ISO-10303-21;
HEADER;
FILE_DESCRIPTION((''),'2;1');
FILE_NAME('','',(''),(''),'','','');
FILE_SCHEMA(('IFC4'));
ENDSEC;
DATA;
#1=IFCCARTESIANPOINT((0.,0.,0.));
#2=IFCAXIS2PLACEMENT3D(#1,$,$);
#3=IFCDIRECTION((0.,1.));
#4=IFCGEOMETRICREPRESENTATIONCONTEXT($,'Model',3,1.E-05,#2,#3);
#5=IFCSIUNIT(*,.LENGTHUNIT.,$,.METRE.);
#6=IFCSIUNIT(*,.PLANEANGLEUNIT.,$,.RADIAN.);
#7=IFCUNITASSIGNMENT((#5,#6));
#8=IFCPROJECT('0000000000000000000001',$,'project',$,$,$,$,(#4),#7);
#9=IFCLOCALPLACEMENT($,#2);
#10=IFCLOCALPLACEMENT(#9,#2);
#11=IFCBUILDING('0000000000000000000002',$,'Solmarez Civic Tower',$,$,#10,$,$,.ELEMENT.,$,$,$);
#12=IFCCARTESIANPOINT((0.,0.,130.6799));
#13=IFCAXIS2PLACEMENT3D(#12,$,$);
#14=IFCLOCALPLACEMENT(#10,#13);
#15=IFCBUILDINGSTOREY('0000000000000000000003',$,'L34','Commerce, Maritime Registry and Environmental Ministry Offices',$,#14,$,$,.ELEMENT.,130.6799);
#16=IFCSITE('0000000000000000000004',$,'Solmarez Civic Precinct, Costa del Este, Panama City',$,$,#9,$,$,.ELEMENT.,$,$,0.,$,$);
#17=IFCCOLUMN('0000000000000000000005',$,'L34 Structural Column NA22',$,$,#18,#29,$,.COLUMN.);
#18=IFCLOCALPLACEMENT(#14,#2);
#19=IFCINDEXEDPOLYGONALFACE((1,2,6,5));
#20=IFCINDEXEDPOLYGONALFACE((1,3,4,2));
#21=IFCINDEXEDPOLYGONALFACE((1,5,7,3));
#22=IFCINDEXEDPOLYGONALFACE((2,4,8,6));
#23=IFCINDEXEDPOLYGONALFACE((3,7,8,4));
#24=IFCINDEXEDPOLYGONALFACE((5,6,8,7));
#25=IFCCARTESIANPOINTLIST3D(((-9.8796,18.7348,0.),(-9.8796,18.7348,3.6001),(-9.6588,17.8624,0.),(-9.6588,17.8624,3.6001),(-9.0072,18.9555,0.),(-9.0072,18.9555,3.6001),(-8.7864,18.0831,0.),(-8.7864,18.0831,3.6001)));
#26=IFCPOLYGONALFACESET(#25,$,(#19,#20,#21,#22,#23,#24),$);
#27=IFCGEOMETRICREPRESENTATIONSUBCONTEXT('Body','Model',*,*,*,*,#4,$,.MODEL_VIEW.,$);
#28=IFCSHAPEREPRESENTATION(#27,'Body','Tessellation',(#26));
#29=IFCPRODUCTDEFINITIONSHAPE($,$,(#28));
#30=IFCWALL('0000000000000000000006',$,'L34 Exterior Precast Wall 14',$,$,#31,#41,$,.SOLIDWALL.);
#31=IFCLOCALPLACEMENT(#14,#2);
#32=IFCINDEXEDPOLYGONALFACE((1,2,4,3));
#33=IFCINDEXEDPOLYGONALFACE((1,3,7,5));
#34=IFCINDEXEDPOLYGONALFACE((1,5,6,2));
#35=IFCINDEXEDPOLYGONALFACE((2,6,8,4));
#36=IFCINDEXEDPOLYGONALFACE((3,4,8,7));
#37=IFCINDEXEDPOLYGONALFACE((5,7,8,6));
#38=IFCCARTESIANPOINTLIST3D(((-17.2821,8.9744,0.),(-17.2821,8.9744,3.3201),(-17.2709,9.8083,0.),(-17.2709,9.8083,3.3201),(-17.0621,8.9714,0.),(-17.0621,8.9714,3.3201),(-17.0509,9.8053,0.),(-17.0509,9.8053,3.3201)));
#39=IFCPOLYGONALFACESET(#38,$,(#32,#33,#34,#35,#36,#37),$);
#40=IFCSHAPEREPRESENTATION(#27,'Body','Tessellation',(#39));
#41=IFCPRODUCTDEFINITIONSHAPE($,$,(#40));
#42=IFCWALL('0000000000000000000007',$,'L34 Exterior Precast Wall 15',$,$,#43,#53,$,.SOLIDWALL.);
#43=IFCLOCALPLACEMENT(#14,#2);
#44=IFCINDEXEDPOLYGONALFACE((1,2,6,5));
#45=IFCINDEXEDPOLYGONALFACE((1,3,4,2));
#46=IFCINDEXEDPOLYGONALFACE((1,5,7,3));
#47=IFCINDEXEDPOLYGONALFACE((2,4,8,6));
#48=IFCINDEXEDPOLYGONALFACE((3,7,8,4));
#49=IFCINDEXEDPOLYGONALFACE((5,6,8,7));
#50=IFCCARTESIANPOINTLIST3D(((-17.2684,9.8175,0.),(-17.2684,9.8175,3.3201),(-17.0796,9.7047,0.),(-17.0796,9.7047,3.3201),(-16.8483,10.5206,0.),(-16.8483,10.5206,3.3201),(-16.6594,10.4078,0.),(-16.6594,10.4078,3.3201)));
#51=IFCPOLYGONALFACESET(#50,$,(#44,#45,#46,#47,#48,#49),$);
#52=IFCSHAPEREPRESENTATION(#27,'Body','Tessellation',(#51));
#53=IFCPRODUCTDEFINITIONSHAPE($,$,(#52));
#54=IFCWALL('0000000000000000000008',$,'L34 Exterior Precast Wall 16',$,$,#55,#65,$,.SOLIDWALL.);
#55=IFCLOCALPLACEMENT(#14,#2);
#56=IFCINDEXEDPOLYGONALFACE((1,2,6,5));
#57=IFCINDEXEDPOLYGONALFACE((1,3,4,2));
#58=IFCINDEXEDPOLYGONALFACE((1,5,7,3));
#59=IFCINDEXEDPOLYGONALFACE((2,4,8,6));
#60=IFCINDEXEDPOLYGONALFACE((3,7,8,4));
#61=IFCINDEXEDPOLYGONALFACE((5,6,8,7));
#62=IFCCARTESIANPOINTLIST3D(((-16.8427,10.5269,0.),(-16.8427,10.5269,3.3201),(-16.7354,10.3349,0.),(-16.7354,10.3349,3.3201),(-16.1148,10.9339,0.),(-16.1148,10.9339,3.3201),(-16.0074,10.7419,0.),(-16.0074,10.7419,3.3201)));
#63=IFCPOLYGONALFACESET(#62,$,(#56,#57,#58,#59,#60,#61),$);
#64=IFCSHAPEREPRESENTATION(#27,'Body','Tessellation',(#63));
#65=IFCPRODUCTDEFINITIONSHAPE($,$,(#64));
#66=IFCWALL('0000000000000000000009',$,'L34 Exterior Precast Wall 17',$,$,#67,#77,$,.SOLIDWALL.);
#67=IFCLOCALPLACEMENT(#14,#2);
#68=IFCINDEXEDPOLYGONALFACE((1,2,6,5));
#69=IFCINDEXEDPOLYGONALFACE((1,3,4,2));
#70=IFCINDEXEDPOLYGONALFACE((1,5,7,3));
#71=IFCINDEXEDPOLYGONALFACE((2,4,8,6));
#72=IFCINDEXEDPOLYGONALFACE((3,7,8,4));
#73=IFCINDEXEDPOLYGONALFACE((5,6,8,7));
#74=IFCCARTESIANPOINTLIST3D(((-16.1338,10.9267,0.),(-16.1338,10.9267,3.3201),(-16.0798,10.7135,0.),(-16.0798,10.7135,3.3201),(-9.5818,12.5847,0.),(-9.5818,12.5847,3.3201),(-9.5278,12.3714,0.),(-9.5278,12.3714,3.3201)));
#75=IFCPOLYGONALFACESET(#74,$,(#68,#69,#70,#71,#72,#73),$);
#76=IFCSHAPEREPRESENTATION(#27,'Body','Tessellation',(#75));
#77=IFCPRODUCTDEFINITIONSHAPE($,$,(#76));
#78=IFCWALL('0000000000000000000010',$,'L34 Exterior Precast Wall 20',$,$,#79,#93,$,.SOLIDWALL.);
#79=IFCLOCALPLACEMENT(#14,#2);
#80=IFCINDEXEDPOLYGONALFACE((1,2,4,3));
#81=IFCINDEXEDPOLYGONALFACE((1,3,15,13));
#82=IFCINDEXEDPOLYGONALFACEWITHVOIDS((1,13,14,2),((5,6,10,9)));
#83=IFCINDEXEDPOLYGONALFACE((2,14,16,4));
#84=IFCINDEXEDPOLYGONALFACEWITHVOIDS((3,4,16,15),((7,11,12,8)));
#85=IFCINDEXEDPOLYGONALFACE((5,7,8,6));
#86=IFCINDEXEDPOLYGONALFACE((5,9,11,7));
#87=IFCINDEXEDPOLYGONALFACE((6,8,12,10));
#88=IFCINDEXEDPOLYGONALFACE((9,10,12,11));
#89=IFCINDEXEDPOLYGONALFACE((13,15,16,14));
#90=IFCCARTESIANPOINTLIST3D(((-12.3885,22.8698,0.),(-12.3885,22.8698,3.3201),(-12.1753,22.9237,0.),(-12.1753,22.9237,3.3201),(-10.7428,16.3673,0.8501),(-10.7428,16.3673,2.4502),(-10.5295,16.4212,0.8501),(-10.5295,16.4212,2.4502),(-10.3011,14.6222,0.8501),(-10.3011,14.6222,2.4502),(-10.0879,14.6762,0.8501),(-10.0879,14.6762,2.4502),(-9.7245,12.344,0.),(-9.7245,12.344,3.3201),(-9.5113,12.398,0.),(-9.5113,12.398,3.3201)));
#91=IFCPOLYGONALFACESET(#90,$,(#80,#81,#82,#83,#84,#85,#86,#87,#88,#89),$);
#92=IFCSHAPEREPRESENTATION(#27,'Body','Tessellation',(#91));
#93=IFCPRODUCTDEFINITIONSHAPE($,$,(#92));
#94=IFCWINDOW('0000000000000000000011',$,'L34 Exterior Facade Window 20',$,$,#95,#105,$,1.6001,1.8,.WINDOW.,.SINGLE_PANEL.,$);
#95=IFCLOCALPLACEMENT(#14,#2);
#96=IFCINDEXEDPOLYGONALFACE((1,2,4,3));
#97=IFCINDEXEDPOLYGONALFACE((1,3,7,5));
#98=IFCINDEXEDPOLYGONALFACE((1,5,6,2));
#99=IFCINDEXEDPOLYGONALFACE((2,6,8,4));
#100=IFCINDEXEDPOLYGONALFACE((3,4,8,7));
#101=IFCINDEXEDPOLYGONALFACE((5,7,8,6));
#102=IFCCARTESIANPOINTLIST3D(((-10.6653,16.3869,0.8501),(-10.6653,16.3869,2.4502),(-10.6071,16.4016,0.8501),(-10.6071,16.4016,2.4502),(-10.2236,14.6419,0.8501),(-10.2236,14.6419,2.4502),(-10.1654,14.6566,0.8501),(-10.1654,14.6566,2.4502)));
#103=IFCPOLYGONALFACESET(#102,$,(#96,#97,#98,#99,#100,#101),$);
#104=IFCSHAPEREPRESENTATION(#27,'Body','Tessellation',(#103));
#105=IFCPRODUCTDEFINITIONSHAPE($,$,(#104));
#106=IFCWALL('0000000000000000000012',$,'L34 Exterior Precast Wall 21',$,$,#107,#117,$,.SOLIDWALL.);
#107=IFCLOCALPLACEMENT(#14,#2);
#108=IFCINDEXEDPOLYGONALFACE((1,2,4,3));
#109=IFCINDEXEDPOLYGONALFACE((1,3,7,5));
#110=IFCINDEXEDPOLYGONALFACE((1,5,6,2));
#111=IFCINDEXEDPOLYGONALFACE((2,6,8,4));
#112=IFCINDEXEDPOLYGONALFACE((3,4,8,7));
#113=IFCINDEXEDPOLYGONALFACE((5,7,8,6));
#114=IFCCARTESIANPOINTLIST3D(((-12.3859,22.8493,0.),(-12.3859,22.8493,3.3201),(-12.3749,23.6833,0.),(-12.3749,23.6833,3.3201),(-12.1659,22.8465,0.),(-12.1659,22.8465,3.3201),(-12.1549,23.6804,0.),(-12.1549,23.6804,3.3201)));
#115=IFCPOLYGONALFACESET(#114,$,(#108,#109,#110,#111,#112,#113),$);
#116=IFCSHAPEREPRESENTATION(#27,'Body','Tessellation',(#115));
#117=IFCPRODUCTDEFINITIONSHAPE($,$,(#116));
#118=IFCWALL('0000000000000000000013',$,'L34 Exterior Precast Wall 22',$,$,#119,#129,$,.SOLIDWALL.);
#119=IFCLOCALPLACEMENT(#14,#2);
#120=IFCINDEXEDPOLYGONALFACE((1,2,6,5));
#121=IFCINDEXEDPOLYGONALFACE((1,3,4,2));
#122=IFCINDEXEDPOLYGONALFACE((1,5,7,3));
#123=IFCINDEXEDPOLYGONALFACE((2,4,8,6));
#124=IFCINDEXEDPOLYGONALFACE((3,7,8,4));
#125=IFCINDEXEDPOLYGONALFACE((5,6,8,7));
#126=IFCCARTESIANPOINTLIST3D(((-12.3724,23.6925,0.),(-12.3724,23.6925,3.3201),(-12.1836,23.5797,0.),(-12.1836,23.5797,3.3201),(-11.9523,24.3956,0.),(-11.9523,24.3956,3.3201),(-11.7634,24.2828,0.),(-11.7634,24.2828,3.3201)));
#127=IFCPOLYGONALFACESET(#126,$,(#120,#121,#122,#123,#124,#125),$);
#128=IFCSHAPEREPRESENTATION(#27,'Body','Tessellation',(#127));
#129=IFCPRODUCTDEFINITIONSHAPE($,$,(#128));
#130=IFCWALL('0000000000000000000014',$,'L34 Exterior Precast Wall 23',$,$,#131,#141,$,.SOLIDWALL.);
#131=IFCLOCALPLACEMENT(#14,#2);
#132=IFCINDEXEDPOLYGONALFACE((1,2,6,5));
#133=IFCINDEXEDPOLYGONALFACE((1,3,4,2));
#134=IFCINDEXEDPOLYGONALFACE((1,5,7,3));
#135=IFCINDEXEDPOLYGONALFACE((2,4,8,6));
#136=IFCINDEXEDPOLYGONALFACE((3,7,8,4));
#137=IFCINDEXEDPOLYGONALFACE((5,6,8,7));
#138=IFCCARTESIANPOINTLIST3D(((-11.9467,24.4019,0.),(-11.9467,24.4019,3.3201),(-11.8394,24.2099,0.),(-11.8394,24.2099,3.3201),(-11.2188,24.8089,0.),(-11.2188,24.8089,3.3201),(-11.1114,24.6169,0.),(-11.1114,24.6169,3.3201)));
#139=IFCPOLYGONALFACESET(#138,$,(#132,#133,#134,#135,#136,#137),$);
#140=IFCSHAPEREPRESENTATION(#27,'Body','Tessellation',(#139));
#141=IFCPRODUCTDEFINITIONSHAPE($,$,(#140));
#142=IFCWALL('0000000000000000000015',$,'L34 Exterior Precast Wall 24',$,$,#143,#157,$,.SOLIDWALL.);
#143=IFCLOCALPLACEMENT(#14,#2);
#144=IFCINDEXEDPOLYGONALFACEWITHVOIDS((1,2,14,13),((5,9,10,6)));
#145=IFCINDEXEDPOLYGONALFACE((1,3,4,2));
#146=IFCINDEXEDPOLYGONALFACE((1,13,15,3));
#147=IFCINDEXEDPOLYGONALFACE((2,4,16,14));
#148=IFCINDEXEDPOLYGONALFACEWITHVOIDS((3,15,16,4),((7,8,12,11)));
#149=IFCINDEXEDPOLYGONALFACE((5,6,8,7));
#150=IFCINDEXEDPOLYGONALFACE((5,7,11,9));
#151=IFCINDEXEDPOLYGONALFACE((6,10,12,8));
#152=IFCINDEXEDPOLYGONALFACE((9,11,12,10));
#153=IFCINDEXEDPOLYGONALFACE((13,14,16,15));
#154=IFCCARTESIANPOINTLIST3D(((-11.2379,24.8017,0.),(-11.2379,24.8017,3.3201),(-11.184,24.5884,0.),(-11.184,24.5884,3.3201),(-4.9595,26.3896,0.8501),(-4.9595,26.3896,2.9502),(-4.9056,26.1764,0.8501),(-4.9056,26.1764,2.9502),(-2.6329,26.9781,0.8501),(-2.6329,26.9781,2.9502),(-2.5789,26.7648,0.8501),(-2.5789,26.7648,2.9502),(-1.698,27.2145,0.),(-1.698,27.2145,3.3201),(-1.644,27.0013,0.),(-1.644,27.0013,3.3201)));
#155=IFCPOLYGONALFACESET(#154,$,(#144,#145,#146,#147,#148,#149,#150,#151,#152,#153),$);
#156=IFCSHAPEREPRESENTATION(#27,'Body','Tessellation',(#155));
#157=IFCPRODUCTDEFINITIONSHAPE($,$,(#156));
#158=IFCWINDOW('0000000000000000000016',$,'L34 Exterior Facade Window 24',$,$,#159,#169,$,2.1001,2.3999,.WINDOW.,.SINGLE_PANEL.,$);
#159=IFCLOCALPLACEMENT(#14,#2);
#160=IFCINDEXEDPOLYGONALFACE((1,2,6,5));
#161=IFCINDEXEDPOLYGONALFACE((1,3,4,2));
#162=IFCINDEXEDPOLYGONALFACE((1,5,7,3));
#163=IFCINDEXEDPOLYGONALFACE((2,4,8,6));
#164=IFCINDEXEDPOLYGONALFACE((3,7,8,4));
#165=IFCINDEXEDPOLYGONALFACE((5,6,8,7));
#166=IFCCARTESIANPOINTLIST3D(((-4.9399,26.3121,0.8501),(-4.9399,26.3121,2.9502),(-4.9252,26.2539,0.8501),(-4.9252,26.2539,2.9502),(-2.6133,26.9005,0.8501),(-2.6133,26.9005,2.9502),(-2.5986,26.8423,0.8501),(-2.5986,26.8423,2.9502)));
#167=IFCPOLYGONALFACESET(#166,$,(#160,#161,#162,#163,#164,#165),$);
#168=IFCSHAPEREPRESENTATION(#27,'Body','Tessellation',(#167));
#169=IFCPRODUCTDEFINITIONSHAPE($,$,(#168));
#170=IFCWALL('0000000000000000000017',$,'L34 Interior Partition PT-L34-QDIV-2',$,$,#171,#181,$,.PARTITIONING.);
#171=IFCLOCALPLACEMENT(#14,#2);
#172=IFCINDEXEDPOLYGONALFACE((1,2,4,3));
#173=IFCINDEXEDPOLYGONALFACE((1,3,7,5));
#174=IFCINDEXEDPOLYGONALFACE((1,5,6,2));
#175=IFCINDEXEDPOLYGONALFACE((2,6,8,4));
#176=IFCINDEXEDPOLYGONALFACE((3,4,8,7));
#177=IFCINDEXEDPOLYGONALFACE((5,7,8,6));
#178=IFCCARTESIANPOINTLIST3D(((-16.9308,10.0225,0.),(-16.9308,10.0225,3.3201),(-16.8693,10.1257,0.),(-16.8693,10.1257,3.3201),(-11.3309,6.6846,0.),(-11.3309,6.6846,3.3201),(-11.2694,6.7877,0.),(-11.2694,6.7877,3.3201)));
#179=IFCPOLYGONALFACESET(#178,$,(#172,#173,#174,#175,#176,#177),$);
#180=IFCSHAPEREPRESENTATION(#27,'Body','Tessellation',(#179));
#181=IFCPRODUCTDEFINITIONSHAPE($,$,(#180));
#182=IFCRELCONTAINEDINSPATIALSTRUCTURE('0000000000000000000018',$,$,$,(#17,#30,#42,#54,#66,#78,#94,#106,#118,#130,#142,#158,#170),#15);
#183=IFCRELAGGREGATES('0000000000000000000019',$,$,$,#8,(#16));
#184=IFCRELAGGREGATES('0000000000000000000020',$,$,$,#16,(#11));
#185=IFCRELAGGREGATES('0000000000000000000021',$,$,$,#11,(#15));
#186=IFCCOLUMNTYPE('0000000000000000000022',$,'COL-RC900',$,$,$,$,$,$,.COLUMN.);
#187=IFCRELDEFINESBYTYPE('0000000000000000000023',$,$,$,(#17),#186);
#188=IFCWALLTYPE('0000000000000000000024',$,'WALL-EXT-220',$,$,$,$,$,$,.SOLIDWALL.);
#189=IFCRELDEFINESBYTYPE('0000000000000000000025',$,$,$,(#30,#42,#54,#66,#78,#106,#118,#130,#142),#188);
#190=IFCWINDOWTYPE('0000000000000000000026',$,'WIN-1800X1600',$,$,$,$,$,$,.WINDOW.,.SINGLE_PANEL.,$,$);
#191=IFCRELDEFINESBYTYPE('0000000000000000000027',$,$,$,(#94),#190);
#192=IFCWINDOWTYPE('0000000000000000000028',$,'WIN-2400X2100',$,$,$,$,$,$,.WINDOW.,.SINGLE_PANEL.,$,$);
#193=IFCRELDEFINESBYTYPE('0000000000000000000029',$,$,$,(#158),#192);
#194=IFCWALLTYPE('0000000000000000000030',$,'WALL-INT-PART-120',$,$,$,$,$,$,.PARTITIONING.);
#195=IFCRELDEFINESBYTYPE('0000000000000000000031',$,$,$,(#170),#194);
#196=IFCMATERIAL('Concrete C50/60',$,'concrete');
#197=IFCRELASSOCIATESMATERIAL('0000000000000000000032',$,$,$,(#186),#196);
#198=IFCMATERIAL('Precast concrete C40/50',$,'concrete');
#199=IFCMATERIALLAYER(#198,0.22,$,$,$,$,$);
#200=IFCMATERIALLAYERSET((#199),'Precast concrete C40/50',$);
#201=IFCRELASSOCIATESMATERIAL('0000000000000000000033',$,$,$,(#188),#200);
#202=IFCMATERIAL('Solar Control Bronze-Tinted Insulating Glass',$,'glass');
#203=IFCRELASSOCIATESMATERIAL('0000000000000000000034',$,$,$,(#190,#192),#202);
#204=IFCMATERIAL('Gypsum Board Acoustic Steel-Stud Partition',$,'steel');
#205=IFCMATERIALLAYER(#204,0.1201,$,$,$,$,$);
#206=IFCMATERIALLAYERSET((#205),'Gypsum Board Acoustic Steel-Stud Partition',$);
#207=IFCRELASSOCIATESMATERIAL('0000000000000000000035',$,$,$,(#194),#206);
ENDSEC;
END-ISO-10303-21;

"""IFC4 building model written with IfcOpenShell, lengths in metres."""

from ifc_helpers import new_model, si_unit, direction, frame, frame_2d, origin, origin_2d, place, context, subcontext, project, spatial, rectangle, extrude, material, layer, layer_set, material_profile, profile_set, type_object, element, fill, save


model = new_model("IFC4")

# Units and contexts
model_context = context("Model", 3, precision=1e-05, world=origin(), true_north=direction((0.0, 1.0)))
body_context = subcontext(model_context, "Body", "Model", "MODEL_VIEW")
ifc_project = project(units=[si_unit("LENGTHUNIT", "METRE"), si_unit("PLANEANGLEUNIT", "RADIAN")], contexts=[model_context])

# Site, building, storey
site_placement = place(None, origin())
site = spatial("IfcSite", under=ifc_project, at=site_placement, Name="Solmarez Civic Precinct, Costa del Este, Panama City", CompositionType="ELEMENT", RefElevation=0.0)
building_placement = place(site_placement, origin())
building = spatial("IfcBuilding", under=site, at=building_placement, Name="Solmarez Civic Tower", CompositionType="ELEMENT")
storey_placement = place(building_placement, frame((0.0, 0.0, 130.6799)))
storey = spatial("IfcBuildingStorey", under=building, at=storey_placement, Name="L34", Description="Commerce, Maritime Registry and Environmental Ministry Offices", CompositionType="ELEMENT", Elevation=130.6799)

# Column
ifc_material_1 = material(Name="Concrete C50/60", Category="concrete")
ifc_material_profile = material_profile(ifc_material_1, rectangle(XDim=0.8999, YDim=0.8999, at=origin_2d()), Name="RC900X900")
ifc_profile_set = profile_set([ifc_material_profile], Name="Concrete C50/60")
column_type = type_object("IfcColumnType", Name="COL-RC900", PredefinedType="COLUMN", material=ifc_profile_set)
column_placement = place(storey_placement, frame((-9.333, 18.4089, 0.0), z_axis=(0.0, 0.0, 1.0), x_axis=(0.969445, 0.245307, 0.0)))
element("IfcColumn", 1, at=column_placement, inside=storey, type_object=column_type, Name="L34 Structural Column NA22", PredefinedType="COLUMN", context=body_context, shape_type="SweptSolid", body=[
    extrude(rectangle(XDim=0.8999, YDim=0.8999, at=origin_2d()), origin(), (0.0, 0.0, 1.0), 3.6001),
])

# Walls
ifc_material_2 = material(Name="Precast concrete C40/50", Category="concrete")
ifc_layer_1 = layer(ifc_material_2, 0.22)
ifc_layer_set_1 = layer_set([ifc_layer_1], Name="Precast concrete C40/50")
wall_type_1 = type_object("IfcWallType", Name="WALL-EXT-220", PredefinedType="SOLIDWALL", material=ifc_layer_set_1)
wall_1_placement = place(storey_placement, frame((-17.1721, 8.9729, 0.0), z_axis=(0.0, 0.0, 1.0), x_axis=(0.013465, 0.999909, 0.0)))
element("IfcWall", 2, at=wall_1_placement, inside=storey, type_object=wall_type_1, Name="L34 Exterior Precast Wall 14", PredefinedType="SOLIDWALL", context=body_context, shape_type="SweptSolid", body=[
    extrude(rectangle(XDim=0.834, YDim=0.22, at=frame_2d((0.417, 0.0))), origin(), (0.0, 0.0, 1.0), 3.3201),
])
wall_2_placement = place(storey_placement, frame((-17.1741, 9.761, 0.0), z_axis=(0.0, 0.0, 1.0), x_axis=(0.512961, 0.858412, 0.0)))
element("IfcWall", 3, at=wall_2_placement, inside=storey, type_object=wall_type_1, Name="L34 Exterior Precast Wall 15", PredefinedType="SOLIDWALL", context=body_context, shape_type="SweptSolid", body=[
    extrude(rectangle(XDim=0.8191, YDim=0.22, at=frame_2d((0.4097, 0.0))), origin(), (0.0, 0.0, 1.0), 3.3201),
])
wall_3_placement = place(storey_placement, frame((-16.7891, 10.4309, 0.0), z_axis=(0.0, 0.0, 1.0), x_axis=(0.87287, 0.487953, 0.0)))
element("IfcWall", 4, at=wall_3_placement, inside=storey, type_object=wall_type_1, Name="L34 Exterior Precast Wall 16", PredefinedType="SOLIDWALL", context=body_context, shape_type="SweptSolid", body=[
    extrude(rectangle(XDim=0.834, YDim=0.22, at=frame_2d((0.417, 0.0))), origin(), (0.0, 0.0, 1.0), 3.3201),
])
wall_4_placement = place(storey_placement, frame((-16.1069, 10.8201, 0.0), z_axis=(0.0, 0.0, 1.0), x_axis=(0.969444, 0.245314, 0.0)))
element("IfcWall", 5, at=wall_4_placement, inside=storey, type_object=wall_type_1, Name="L34 Exterior Precast Wall 17", PredefinedType="SOLIDWALL", context=body_context, shape_type="SweptSolid", body=[
    extrude(rectangle(XDim=6.7585, YDim=0.22, at=frame_2d((3.3794, 0.0))), origin(), (0.0, 0.0, 1.0), 3.3201),
])

# Wall, opening, window
wall_5_placement = place(storey_placement, frame((-9.6179, 12.3711, 0.0), z_axis=(0.0, 0.0, 1.0), x_axis=(-0.24536, 0.969432, 0.0)))
wall_5 = element("IfcWall", 6, at=wall_5_placement, inside=storey, type_object=wall_type_1, Name="L34 Exterior Precast Wall 20", PredefinedType="SOLIDWALL", context=body_context, shape_type="SweptSolid", body=[
    extrude(rectangle(XDim=10.8577, YDim=0.22, at=frame_2d((5.4287, 0.0))), origin(), (0.0, 0.0, 1.0), 3.3201),
])
opening_1_placement = place(wall_5_placement, frame((2.3501, 0.0, 0.8501)))
opening_1 = element("IfcOpeningElement", 7, at=opening_1_placement, cuts=wall_5, PredefinedType="OPENING", context=body_context, shape_type="SweptSolid", body=[
    extrude(rectangle(XDim=1.8, YDim=1.6001, at=frame_2d((0.8999, 0.8))), frame((0.0, 0.1199, 0.0), z_axis=(0.0, -1.0, 0.0), x_axis=(1.0, 0.0, 0.0)), (0.0, 0.0, 1.0), 0.24),
])
ifc_material_3 = material(Name="Solar Control Bronze-Tinted Insulating Glass", Category="glass")
window_type_1 = type_object("IfcWindowType", Name="WIN-1800X1600", PartitioningType="SINGLE_PANEL", PredefinedType="WINDOW", material=ifc_material_3)
window_1_placement = place(opening_1_placement, origin())
window_1 = element("IfcWindow", 8, at=window_1_placement, inside=storey, type_object=window_type_1, Name="L34 Exterior Facade Window 20", OverallHeight=1.6001, OverallWidth=1.8, PartitioningType="SINGLE_PANEL", PredefinedType="WINDOW", context=body_context, shape_type="SweptSolid", body=[
    extrude(rectangle(XDim=1.8, YDim=1.6001, at=frame_2d((0.8999, 0.8))), frame((0.0, 0.03, 0.0), z_axis=(0.0, -1.0, 0.0), x_axis=(1.0, 0.0, 0.0)), (0.0, 0.0, 1.0), 0.0601),
])
fill(opening_1, window_1)

# Walls
wall_6_placement = place(storey_placement, frame((-12.2759, 22.8479, 0.0), z_axis=(0.0, 0.0, 1.0), x_axis=(0.013172, 0.999913, 0.0)))
element("IfcWall", 9, at=wall_6_placement, inside=storey, type_object=wall_type_1, Name="L34 Exterior Precast Wall 21", PredefinedType="SOLIDWALL", context=body_context, shape_type="SweptSolid", body=[
    extrude(rectangle(XDim=0.834, YDim=0.22, at=frame_2d((0.417, 0.0))), origin(), (0.0, 0.0, 1.0), 3.3201),
])
wall_7_placement = place(storey_placement, frame((-12.2781, 23.636, 0.0), z_axis=(0.0, 0.0, 1.0), x_axis=(0.512961, 0.858412, 0.0)))
element("IfcWall", 10, at=wall_7_placement, inside=storey, type_object=wall_type_1, Name="L34 Exterior Precast Wall 22", PredefinedType="SOLIDWALL", context=body_context, shape_type="SweptSolid", body=[
    extrude(rectangle(XDim=0.8191, YDim=0.22, at=frame_2d((0.4097, 0.0))), origin(), (0.0, 0.0, 1.0), 3.3201),
])
wall_8_placement = place(storey_placement, frame((-11.8931, 24.3059, 0.0), z_axis=(0.0, 0.0, 1.0), x_axis=(0.87287, 0.487953, 0.0)))
element("IfcWall", 11, at=wall_8_placement, inside=storey, type_object=wall_type_1, Name="L34 Exterior Precast Wall 23", PredefinedType="SOLIDWALL", context=body_context, shape_type="SweptSolid", body=[
    extrude(rectangle(XDim=0.834, YDim=0.22, at=frame_2d((0.417, 0.0))), origin(), (0.0, 0.0, 1.0), 3.3201),
])

# Wall, opening, window
wall_9_placement = place(storey_placement, frame((-11.2109, 24.6951, 0.0), z_axis=(0.0, 0.0, 1.0), x_axis=(0.969473, 0.245197, 0.0)))
wall_9 = element("IfcWall", 12, at=wall_9_placement, inside=storey, type_object=wall_type_1, Name="L34 Exterior Precast Wall 24", PredefinedType="SOLIDWALL", context=body_context, shape_type="SweptSolid", body=[
    extrude(rectangle(XDim=9.8403, YDim=0.22, at=frame_2d((4.9202, 0.0))), origin(), (0.0, 0.0, 1.0), 3.3201),
])
opening_2_placement = place(wall_9_placement, frame((6.4761, 0.0, 0.8501)))
opening_2 = element("IfcOpeningElement", 13, at=opening_2_placement, cuts=wall_9, PredefinedType="OPENING", context=body_context, shape_type="SweptSolid", body=[
    extrude(rectangle(XDim=2.3999, YDim=2.1001, at=frame_2d((1.2, 1.05))), frame((0.0, 0.1199, 0.0), z_axis=(0.0, -1.0, 0.0), x_axis=(1.0, 0.0, 0.0)), (0.0, 0.0, 1.0), 0.24),
])
window_type_2 = type_object("IfcWindowType", Name="WIN-2400X2100", PartitioningType="SINGLE_PANEL", PredefinedType="WINDOW", material=ifc_material_3)
window_2_placement = place(opening_2_placement, origin())
window_2 = element("IfcWindow", 14, at=window_2_placement, inside=storey, type_object=window_type_2, Name="L34 Exterior Facade Window 24", OverallHeight=2.1001, OverallWidth=2.3999, PartitioningType="SINGLE_PANEL", PredefinedType="WINDOW", context=body_context, shape_type="SweptSolid", body=[
    extrude(rectangle(XDim=2.3999, YDim=2.1001, at=frame_2d((1.2, 1.05))), frame((0.0, 0.03, 0.0), z_axis=(0.0, -1.0, 0.0), x_axis=(1.0, 0.0, 0.0)), (0.0, 0.0, 1.0), 0.0601),
])
fill(opening_2, window_2)

# Wall
ifc_material_4 = material(Name="Gypsum Board Acoustic Steel-Stud Partition", Category="steel")
ifc_layer_2 = layer(ifc_material_4, 0.1201)
ifc_layer_set_2 = layer_set([ifc_layer_2], Name="Gypsum Board Acoustic Steel-Stud Partition")
wall_type_2 = type_object("IfcWallType", Name="WALL-INT-PART-120", PredefinedType="PARTITIONING", material=ifc_layer_set_2)
wall_10_placement = place(storey_placement, frame((-11.3, 6.7361, 0.0), z_axis=(0.0, 0.0, 1.0), x_axis=(-0.85898, 0.51201, 0.0)))
element("IfcWall", 15, at=wall_10_placement, inside=storey, type_object=wall_type_2, Name="L34 Interior Partition PT-L34-QDIV-2", PredefinedType="PARTITIONING", context=body_context, shape_type="SweptSolid", body=[
    extrude(rectangle(XDim=6.5193, YDim=0.1201, at=frame_2d((3.2598, 0.0))), origin(), (0.0, 0.0, 1.0), 3.3201),
])

save(model, "model.ifc")
